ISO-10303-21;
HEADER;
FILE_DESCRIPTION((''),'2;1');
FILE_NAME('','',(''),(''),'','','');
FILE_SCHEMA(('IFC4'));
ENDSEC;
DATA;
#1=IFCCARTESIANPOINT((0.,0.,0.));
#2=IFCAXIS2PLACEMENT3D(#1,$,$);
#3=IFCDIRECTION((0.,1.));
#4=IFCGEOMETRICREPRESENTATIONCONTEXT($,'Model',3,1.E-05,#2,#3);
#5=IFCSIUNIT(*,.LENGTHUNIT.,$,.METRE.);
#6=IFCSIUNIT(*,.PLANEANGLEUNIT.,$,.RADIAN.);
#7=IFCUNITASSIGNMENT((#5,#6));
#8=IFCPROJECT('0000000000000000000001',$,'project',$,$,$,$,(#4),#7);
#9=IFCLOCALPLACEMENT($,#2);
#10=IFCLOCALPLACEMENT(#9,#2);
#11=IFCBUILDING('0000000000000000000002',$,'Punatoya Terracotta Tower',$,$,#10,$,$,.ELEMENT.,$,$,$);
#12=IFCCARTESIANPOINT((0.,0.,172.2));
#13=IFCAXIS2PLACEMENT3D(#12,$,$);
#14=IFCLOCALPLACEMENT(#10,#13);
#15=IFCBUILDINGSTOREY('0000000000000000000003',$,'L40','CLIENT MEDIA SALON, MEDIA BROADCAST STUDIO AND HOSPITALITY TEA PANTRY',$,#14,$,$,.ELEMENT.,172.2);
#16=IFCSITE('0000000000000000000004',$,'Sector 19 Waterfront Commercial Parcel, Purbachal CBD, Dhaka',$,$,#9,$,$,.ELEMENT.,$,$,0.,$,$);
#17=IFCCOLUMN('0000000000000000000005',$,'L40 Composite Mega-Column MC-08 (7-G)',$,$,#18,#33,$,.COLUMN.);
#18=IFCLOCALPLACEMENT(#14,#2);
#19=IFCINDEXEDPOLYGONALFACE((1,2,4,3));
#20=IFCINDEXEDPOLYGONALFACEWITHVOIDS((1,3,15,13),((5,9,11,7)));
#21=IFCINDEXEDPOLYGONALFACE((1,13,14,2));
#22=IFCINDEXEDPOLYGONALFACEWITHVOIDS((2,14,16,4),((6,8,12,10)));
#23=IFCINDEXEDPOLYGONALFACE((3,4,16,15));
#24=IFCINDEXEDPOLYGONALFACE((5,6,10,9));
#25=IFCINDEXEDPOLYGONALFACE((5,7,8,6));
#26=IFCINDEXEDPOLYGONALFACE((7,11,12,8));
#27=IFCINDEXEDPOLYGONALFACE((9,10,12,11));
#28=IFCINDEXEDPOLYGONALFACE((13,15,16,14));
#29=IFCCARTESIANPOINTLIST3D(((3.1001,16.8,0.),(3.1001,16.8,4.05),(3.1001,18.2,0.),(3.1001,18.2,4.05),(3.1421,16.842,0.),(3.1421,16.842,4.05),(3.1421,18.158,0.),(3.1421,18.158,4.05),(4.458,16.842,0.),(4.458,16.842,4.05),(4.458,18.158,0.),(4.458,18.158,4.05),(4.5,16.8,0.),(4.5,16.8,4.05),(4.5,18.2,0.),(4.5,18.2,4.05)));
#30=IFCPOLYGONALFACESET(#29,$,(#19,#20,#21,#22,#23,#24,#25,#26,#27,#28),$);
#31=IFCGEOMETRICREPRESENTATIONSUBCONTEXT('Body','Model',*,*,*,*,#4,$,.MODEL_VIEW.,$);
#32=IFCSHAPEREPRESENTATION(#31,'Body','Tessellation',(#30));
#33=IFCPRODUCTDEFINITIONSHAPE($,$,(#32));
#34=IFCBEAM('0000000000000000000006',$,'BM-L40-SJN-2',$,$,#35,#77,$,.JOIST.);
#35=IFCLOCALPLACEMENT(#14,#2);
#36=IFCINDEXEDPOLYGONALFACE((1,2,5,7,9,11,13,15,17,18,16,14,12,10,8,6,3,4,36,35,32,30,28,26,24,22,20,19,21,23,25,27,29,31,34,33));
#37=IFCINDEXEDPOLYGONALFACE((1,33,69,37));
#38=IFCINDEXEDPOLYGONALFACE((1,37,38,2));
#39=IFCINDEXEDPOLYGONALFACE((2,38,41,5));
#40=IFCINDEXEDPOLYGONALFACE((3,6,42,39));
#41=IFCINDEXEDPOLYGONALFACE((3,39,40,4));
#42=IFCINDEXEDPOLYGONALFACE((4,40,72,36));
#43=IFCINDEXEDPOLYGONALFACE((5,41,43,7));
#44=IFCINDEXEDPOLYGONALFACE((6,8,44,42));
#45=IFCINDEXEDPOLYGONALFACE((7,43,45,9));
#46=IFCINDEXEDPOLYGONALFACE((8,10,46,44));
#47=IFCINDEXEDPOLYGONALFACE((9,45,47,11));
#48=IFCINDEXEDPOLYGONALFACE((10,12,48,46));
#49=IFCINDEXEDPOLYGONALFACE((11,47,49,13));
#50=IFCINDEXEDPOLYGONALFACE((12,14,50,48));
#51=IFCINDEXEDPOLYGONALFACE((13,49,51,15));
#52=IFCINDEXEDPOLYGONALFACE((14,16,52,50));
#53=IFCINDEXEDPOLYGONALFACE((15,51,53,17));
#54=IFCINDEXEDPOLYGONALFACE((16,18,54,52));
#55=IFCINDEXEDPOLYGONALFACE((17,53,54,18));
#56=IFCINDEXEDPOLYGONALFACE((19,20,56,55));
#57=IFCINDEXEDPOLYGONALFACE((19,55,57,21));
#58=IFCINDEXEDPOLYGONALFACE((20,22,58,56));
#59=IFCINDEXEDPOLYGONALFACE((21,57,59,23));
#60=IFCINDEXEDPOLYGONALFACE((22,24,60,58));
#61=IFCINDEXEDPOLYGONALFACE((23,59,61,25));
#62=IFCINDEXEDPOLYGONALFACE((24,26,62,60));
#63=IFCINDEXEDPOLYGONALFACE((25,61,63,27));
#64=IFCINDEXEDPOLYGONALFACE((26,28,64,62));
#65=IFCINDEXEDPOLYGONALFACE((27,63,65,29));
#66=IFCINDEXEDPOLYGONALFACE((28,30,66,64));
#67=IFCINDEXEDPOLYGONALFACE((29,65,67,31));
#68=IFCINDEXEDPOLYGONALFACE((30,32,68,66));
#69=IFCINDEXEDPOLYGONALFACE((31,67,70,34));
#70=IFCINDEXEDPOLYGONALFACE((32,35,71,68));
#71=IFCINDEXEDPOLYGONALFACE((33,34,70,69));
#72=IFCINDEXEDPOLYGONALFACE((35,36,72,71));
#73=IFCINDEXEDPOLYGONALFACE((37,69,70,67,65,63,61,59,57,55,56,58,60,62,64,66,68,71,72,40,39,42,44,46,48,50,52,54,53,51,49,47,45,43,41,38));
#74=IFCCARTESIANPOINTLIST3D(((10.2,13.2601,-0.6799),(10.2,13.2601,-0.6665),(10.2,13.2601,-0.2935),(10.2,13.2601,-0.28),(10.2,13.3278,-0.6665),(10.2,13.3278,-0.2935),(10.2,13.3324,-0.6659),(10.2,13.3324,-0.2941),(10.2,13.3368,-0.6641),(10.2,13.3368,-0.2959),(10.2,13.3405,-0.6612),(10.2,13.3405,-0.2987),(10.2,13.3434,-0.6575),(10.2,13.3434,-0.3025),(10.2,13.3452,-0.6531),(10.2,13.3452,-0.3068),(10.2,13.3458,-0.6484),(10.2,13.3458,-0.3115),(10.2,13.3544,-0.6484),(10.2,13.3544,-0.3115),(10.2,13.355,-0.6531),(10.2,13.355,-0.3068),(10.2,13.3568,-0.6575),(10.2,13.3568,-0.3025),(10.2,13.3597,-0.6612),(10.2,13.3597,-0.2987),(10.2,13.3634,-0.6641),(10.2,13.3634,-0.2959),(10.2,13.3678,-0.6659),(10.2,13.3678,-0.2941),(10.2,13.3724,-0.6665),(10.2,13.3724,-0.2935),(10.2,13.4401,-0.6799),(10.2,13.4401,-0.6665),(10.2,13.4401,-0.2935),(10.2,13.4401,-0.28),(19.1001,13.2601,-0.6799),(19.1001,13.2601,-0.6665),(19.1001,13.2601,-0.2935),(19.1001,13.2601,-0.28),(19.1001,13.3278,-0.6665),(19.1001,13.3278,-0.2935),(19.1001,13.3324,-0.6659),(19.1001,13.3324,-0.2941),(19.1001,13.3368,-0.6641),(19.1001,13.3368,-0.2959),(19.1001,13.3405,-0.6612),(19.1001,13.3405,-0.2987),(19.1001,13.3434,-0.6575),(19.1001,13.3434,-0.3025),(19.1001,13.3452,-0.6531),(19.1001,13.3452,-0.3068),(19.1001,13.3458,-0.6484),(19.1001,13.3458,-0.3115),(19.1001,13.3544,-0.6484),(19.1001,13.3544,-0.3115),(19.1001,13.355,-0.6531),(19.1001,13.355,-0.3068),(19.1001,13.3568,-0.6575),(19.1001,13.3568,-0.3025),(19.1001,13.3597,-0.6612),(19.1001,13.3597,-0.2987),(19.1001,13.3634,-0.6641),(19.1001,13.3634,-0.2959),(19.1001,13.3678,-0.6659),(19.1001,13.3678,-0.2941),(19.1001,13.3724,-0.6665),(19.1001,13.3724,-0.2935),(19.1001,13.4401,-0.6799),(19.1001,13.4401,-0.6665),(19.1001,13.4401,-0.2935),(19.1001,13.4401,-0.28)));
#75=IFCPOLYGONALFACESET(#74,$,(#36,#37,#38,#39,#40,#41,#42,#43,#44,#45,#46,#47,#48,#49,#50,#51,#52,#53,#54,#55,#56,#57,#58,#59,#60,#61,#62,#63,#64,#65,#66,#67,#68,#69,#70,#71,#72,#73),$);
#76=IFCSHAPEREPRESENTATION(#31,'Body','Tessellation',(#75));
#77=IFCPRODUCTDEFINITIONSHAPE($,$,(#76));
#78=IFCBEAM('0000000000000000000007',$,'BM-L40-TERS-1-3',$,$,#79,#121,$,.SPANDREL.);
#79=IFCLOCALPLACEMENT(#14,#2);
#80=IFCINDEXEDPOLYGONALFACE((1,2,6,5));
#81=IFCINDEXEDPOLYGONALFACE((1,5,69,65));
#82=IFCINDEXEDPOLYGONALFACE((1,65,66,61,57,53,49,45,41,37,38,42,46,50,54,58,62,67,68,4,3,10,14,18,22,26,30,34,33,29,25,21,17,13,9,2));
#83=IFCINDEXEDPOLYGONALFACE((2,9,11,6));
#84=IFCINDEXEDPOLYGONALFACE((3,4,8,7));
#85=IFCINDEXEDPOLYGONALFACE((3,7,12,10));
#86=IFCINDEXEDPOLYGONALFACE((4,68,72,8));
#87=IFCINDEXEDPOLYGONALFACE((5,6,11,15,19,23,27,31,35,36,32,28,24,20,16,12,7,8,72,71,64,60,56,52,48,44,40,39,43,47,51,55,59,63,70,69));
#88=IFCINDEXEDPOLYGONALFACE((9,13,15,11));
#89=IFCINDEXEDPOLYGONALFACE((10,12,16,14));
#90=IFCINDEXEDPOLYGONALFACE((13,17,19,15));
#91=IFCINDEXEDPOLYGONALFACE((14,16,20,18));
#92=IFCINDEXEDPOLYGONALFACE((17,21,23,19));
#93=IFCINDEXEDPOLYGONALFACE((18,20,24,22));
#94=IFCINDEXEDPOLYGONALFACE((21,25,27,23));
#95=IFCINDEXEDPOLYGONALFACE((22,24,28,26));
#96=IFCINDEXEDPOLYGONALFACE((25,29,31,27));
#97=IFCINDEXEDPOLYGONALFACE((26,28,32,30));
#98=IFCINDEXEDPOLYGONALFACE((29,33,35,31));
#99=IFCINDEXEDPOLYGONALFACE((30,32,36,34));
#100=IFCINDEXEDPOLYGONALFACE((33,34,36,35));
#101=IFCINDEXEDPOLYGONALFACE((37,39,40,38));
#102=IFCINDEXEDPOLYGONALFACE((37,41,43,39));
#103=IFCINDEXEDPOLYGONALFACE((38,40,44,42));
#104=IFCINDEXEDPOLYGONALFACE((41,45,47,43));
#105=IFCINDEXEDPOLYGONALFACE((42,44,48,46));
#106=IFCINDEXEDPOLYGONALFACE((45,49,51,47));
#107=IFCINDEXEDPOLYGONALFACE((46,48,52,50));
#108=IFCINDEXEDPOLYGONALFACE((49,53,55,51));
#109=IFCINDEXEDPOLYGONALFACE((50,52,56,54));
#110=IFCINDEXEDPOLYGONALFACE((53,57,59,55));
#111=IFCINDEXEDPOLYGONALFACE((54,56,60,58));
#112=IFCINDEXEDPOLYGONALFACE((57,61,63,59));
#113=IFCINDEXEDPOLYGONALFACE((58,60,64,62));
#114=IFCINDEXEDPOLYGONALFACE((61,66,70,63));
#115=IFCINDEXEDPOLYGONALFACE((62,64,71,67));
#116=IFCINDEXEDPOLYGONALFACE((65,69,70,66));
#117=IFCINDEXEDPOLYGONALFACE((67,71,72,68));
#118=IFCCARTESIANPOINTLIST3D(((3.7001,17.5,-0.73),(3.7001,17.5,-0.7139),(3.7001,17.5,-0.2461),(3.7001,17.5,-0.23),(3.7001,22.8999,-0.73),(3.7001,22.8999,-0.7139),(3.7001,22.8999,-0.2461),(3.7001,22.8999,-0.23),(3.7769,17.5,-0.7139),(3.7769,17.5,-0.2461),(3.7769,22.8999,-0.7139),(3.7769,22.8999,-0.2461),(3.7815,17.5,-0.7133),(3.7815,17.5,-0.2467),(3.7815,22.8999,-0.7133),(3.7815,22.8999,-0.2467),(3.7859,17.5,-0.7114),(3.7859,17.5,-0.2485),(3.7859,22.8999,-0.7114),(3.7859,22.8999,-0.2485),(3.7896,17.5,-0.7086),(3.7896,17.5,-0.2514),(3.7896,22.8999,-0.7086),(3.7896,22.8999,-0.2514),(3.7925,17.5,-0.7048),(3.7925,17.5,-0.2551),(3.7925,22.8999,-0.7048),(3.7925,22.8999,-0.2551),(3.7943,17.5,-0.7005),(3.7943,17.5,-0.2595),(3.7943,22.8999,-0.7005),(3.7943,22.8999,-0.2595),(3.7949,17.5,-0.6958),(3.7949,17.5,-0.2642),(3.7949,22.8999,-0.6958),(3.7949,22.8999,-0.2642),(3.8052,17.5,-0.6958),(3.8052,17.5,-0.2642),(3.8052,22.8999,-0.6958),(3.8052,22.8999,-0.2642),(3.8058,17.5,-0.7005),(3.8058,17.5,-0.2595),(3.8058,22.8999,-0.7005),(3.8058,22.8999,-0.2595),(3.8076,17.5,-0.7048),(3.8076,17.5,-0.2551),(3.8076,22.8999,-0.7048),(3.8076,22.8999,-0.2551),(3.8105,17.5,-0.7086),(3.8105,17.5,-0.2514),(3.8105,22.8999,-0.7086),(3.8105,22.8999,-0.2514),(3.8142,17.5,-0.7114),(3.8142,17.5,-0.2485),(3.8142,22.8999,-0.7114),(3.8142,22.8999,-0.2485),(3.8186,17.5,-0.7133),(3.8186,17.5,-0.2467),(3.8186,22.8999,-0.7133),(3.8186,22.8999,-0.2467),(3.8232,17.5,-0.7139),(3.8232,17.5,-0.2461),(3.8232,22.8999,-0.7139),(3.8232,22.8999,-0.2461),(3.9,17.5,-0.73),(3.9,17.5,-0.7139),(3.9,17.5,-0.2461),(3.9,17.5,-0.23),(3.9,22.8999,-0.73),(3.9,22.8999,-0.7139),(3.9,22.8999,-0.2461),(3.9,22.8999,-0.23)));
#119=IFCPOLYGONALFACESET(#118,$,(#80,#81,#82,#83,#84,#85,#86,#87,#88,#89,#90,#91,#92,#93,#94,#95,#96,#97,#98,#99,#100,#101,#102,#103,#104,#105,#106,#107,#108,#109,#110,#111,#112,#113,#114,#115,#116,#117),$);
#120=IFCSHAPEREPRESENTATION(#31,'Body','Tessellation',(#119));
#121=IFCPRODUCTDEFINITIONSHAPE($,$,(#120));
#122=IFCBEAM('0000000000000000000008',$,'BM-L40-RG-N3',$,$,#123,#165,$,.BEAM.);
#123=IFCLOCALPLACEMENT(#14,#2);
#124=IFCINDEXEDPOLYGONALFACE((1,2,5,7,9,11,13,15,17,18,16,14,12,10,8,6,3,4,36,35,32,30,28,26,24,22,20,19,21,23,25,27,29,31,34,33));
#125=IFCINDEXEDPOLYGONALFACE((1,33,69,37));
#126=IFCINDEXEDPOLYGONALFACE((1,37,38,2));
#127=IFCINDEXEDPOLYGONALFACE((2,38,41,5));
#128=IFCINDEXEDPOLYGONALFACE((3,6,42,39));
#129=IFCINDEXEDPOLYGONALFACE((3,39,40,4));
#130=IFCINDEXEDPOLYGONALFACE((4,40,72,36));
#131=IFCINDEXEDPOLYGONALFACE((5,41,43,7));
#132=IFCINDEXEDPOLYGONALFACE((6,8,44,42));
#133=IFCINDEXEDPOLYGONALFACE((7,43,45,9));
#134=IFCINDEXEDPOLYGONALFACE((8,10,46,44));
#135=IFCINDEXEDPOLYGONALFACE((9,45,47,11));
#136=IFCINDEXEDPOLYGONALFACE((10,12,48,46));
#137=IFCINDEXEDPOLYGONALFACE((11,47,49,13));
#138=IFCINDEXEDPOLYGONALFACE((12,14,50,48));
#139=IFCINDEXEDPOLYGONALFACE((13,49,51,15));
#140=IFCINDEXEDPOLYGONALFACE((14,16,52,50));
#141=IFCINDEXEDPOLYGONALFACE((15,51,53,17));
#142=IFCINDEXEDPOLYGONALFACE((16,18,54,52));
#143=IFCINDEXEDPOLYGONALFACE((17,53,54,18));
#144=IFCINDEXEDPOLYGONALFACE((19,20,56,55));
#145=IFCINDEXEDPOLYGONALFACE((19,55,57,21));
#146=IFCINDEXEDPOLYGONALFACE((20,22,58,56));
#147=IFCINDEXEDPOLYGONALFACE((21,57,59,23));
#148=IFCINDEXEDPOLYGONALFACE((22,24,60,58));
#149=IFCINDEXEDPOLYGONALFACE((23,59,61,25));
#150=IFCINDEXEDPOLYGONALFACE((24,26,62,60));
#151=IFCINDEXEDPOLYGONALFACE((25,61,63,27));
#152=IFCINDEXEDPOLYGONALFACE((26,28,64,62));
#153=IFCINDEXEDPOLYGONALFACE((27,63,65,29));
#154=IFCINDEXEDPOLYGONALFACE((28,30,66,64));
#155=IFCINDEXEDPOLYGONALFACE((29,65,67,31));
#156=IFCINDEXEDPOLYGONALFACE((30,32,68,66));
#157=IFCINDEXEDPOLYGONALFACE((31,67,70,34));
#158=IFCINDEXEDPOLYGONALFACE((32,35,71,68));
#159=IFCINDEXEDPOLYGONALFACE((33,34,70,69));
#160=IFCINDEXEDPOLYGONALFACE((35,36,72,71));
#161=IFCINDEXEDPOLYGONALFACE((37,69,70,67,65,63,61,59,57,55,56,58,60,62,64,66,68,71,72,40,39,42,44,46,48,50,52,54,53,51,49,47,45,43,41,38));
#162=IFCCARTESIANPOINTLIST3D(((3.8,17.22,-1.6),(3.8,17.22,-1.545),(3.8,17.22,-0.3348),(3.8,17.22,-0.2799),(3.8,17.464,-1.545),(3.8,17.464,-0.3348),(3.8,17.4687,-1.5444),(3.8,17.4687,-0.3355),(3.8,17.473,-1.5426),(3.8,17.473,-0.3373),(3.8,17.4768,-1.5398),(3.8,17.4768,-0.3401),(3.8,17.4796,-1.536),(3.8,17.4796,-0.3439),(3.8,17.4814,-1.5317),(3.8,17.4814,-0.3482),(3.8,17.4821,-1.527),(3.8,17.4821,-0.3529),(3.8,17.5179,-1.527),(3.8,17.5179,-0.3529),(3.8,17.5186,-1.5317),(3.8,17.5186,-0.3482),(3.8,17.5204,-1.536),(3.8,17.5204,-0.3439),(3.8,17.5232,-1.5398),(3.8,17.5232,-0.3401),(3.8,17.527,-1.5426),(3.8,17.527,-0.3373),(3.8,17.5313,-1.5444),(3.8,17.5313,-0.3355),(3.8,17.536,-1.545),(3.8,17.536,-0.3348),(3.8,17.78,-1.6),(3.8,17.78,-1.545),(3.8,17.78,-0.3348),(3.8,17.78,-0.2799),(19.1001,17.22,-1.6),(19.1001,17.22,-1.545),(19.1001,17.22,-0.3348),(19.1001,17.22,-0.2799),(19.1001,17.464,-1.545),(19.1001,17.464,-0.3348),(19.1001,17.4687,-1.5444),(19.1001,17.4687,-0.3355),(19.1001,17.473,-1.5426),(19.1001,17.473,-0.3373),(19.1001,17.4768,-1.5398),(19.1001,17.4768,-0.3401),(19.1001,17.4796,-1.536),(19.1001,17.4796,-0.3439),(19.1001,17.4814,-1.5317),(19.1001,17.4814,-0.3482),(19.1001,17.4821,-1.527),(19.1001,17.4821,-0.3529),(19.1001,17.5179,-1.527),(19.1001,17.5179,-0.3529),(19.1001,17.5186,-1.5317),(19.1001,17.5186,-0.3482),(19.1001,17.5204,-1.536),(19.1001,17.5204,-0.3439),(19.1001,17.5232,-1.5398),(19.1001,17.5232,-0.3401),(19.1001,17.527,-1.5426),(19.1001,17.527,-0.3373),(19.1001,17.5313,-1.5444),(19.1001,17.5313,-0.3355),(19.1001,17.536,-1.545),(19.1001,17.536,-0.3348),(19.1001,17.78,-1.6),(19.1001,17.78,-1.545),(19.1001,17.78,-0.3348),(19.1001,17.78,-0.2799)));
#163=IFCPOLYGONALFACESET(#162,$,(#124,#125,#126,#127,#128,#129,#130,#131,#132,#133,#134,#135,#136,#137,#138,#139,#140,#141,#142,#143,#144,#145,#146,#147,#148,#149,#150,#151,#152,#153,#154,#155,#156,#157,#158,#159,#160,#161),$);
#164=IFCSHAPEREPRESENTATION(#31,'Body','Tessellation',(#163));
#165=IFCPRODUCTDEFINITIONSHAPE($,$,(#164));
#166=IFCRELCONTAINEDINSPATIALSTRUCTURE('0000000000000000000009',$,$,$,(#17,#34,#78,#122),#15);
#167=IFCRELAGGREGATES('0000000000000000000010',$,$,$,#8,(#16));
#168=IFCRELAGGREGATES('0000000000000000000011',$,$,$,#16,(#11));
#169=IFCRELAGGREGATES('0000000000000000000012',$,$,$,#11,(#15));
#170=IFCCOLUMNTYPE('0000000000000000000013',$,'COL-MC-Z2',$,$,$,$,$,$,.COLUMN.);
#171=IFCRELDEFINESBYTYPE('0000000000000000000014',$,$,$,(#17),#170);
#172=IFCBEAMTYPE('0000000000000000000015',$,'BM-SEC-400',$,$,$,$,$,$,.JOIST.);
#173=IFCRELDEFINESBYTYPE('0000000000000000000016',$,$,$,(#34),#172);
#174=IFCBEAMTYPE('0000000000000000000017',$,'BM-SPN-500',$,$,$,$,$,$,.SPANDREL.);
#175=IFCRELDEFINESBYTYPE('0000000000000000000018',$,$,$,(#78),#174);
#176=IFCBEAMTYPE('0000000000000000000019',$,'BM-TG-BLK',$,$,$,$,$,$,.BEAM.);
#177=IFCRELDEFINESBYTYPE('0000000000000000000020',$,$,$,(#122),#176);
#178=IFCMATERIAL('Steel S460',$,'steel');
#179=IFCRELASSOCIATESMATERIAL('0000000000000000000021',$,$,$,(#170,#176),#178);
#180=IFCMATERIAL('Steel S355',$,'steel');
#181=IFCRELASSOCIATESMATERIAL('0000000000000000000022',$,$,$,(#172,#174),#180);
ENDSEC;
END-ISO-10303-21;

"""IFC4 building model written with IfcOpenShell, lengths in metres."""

from ifc_helpers import new_model, si_unit, direction, frame, origin, origin_2d, place, context, subcontext, project, spatial, hollow_rectangle, i_section, extrude, material, material_profile, profile_set, type_object, element, save


model = new_model("IFC4")

# Units and contexts
model_context = context("Model", 3, precision=1e-05, world=origin(), true_north=direction((0.0, 1.0)))
body_context = subcontext(model_context, "Body", "Model", "MODEL_VIEW")
ifc_project = project(units=[si_unit("LENGTHUNIT", "METRE"), si_unit("PLANEANGLEUNIT", "RADIAN")], contexts=[model_context])

# Site, building, storey
site_placement = place(None, origin())
site = spatial("IfcSite", under=ifc_project, at=site_placement, Name="Sector 19 Waterfront Commercial Parcel, Purbachal CBD, Dhaka", CompositionType="ELEMENT", RefElevation=0.0)
building_placement = place(site_placement, origin())
building = spatial("IfcBuilding", under=site, at=building_placement, Name="Punatoya Terracotta Tower", CompositionType="ELEMENT")
storey_placement = place(building_placement, frame((0.0, 0.0, 172.2)))
storey = spatial("IfcBuildingStorey", under=building, at=storey_placement, Name="L40", Description="CLIENT MEDIA SALON, MEDIA BROADCAST STUDIO AND HOSPITALITY TEA PANTRY", CompositionType="ELEMENT", Elevation=172.2)

# Column
ifc_material_1 = material(Name="Steel S460", Category="steel")
ifc_material_profile_1 = material_profile(ifc_material_1, hollow_rectangle(XDim=1.3999, YDim=1.3999, WallThickness=0.042, at=origin_2d()))
ifc_profile_set_1 = profile_set([ifc_material_profile_1], Name="Steel S460")
column_type = type_object("IfcColumnType", Name="COL-MC-Z2", PredefinedType="COLUMN", material=ifc_profile_set_1)
column_placement = place(storey_placement, frame((3.8, 17.5, 0.0), z_axis=(0.0, 0.0, 1.0), x_axis=(1.0, 0.0, 0.0)))
element("IfcColumn", 1, at=column_placement, inside=storey, type_object=column_type, Name="L40 Composite Mega-Column MC-08 (7-G)", PredefinedType="COLUMN", context=body_context, shape_type="SweptSolid", body=[
    extrude(hollow_rectangle(XDim=1.3999, YDim=1.3999, WallThickness=0.042, at=origin_2d()), origin(), (0.0, 0.0, 1.0), 4.05),
])

# Beams
ifc_material_2 = material(Name="Steel S355", Category="steel")
ifc_material_profile_2 = material_profile(ifc_material_2, i_section(OverallWidth=0.1799, OverallDepth=0.3999, WebThickness=0.0085, FlangeThickness=0.0134, FilletRadius=0.0181, at=origin_2d()))
ifc_profile_set_2 = profile_set([ifc_material_profile_2], Name="Steel S355")
beam_type_1 = type_object("IfcBeamType", Name="BM-SEC-400", PredefinedType="JOIST", material=ifc_profile_set_2)
beam_1_placement = place(storey_placement, frame((10.2, 13.3501, -0.48), z_axis=(1.0, 0.0, 0.0), x_axis=(0.0, 1.0, 0.0)))
element("IfcBeam", 2, at=beam_1_placement, inside=storey, type_object=beam_type_1, Name="BM-L40-SJN-2", PredefinedType="JOIST", context=body_context, shape_type="SweptSolid", body=[
    extrude(i_section(OverallWidth=0.1799, OverallDepth=0.3999, WebThickness=0.0085, FlangeThickness=0.0134, FilletRadius=0.0181, at=origin_2d()), origin(), (0.0, 0.0, 1.0), 8.9001),
])
ifc_material_profile_3 = material_profile(ifc_material_2, i_section(OverallWidth=0.2, OverallDepth=0.5, WebThickness=0.0103, FlangeThickness=0.0161, FilletRadius=0.0181, at=origin_2d()))
ifc_profile_set_3 = profile_set([ifc_material_profile_3], Name="Steel S355")
beam_type_2 = type_object("IfcBeamType", Name="BM-SPN-500", PredefinedType="SPANDREL", material=ifc_profile_set_3)
beam_2_placement = place(storey_placement, frame((3.8, 17.5, -0.48), z_axis=(0.0, 1.0, 0.0), x_axis=(-1.0, 0.0, 0.0)))
element("IfcBeam", 3, at=beam_2_placement, inside=storey, type_object=beam_type_2, Name="BM-L40-TERS-1-3", PredefinedType="SPANDREL", context=body_context, shape_type="SweptSolid", body=[
    extrude(i_section(OverallWidth=0.2, OverallDepth=0.5, WebThickness=0.0103, FlangeThickness=0.0161, FilletRadius=0.0181, at=origin_2d()), origin(), (0.0, 0.0, 1.0), 5.3999),
])
ifc_material_profile_4 = material_profile(ifc_material_1, i_section(OverallWidth=0.5601, OverallDepth=1.3201, WebThickness=0.0359, FlangeThickness=0.0549, FilletRadius=0.0181, at=origin_2d()))
ifc_profile_set_4 = profile_set([ifc_material_profile_4], Name="Steel S460")
beam_type_3 = type_object("IfcBeamType", Name="BM-TG-BLK", PredefinedType="BEAM", material=ifc_profile_set_4)
beam_3_placement = place(storey_placement, frame((3.8, 17.5, -0.9399), z_axis=(1.0, 0.0, 0.0), x_axis=(0.0, 1.0, 0.0)))
element("IfcBeam", 4, at=beam_3_placement, inside=storey, type_object=beam_type_3, Name="BM-L40-RG-N3", PredefinedType="BEAM", context=body_context, shape_type="SweptSolid", body=[
    extrude(i_section(OverallWidth=0.5601, OverallDepth=1.3201, WebThickness=0.0359, FlangeThickness=0.0549, FilletRadius=0.0181, at=origin_2d()), origin(), (0.0, 0.0, 1.0), 15.3),
])

save(model, "model.ifc")
